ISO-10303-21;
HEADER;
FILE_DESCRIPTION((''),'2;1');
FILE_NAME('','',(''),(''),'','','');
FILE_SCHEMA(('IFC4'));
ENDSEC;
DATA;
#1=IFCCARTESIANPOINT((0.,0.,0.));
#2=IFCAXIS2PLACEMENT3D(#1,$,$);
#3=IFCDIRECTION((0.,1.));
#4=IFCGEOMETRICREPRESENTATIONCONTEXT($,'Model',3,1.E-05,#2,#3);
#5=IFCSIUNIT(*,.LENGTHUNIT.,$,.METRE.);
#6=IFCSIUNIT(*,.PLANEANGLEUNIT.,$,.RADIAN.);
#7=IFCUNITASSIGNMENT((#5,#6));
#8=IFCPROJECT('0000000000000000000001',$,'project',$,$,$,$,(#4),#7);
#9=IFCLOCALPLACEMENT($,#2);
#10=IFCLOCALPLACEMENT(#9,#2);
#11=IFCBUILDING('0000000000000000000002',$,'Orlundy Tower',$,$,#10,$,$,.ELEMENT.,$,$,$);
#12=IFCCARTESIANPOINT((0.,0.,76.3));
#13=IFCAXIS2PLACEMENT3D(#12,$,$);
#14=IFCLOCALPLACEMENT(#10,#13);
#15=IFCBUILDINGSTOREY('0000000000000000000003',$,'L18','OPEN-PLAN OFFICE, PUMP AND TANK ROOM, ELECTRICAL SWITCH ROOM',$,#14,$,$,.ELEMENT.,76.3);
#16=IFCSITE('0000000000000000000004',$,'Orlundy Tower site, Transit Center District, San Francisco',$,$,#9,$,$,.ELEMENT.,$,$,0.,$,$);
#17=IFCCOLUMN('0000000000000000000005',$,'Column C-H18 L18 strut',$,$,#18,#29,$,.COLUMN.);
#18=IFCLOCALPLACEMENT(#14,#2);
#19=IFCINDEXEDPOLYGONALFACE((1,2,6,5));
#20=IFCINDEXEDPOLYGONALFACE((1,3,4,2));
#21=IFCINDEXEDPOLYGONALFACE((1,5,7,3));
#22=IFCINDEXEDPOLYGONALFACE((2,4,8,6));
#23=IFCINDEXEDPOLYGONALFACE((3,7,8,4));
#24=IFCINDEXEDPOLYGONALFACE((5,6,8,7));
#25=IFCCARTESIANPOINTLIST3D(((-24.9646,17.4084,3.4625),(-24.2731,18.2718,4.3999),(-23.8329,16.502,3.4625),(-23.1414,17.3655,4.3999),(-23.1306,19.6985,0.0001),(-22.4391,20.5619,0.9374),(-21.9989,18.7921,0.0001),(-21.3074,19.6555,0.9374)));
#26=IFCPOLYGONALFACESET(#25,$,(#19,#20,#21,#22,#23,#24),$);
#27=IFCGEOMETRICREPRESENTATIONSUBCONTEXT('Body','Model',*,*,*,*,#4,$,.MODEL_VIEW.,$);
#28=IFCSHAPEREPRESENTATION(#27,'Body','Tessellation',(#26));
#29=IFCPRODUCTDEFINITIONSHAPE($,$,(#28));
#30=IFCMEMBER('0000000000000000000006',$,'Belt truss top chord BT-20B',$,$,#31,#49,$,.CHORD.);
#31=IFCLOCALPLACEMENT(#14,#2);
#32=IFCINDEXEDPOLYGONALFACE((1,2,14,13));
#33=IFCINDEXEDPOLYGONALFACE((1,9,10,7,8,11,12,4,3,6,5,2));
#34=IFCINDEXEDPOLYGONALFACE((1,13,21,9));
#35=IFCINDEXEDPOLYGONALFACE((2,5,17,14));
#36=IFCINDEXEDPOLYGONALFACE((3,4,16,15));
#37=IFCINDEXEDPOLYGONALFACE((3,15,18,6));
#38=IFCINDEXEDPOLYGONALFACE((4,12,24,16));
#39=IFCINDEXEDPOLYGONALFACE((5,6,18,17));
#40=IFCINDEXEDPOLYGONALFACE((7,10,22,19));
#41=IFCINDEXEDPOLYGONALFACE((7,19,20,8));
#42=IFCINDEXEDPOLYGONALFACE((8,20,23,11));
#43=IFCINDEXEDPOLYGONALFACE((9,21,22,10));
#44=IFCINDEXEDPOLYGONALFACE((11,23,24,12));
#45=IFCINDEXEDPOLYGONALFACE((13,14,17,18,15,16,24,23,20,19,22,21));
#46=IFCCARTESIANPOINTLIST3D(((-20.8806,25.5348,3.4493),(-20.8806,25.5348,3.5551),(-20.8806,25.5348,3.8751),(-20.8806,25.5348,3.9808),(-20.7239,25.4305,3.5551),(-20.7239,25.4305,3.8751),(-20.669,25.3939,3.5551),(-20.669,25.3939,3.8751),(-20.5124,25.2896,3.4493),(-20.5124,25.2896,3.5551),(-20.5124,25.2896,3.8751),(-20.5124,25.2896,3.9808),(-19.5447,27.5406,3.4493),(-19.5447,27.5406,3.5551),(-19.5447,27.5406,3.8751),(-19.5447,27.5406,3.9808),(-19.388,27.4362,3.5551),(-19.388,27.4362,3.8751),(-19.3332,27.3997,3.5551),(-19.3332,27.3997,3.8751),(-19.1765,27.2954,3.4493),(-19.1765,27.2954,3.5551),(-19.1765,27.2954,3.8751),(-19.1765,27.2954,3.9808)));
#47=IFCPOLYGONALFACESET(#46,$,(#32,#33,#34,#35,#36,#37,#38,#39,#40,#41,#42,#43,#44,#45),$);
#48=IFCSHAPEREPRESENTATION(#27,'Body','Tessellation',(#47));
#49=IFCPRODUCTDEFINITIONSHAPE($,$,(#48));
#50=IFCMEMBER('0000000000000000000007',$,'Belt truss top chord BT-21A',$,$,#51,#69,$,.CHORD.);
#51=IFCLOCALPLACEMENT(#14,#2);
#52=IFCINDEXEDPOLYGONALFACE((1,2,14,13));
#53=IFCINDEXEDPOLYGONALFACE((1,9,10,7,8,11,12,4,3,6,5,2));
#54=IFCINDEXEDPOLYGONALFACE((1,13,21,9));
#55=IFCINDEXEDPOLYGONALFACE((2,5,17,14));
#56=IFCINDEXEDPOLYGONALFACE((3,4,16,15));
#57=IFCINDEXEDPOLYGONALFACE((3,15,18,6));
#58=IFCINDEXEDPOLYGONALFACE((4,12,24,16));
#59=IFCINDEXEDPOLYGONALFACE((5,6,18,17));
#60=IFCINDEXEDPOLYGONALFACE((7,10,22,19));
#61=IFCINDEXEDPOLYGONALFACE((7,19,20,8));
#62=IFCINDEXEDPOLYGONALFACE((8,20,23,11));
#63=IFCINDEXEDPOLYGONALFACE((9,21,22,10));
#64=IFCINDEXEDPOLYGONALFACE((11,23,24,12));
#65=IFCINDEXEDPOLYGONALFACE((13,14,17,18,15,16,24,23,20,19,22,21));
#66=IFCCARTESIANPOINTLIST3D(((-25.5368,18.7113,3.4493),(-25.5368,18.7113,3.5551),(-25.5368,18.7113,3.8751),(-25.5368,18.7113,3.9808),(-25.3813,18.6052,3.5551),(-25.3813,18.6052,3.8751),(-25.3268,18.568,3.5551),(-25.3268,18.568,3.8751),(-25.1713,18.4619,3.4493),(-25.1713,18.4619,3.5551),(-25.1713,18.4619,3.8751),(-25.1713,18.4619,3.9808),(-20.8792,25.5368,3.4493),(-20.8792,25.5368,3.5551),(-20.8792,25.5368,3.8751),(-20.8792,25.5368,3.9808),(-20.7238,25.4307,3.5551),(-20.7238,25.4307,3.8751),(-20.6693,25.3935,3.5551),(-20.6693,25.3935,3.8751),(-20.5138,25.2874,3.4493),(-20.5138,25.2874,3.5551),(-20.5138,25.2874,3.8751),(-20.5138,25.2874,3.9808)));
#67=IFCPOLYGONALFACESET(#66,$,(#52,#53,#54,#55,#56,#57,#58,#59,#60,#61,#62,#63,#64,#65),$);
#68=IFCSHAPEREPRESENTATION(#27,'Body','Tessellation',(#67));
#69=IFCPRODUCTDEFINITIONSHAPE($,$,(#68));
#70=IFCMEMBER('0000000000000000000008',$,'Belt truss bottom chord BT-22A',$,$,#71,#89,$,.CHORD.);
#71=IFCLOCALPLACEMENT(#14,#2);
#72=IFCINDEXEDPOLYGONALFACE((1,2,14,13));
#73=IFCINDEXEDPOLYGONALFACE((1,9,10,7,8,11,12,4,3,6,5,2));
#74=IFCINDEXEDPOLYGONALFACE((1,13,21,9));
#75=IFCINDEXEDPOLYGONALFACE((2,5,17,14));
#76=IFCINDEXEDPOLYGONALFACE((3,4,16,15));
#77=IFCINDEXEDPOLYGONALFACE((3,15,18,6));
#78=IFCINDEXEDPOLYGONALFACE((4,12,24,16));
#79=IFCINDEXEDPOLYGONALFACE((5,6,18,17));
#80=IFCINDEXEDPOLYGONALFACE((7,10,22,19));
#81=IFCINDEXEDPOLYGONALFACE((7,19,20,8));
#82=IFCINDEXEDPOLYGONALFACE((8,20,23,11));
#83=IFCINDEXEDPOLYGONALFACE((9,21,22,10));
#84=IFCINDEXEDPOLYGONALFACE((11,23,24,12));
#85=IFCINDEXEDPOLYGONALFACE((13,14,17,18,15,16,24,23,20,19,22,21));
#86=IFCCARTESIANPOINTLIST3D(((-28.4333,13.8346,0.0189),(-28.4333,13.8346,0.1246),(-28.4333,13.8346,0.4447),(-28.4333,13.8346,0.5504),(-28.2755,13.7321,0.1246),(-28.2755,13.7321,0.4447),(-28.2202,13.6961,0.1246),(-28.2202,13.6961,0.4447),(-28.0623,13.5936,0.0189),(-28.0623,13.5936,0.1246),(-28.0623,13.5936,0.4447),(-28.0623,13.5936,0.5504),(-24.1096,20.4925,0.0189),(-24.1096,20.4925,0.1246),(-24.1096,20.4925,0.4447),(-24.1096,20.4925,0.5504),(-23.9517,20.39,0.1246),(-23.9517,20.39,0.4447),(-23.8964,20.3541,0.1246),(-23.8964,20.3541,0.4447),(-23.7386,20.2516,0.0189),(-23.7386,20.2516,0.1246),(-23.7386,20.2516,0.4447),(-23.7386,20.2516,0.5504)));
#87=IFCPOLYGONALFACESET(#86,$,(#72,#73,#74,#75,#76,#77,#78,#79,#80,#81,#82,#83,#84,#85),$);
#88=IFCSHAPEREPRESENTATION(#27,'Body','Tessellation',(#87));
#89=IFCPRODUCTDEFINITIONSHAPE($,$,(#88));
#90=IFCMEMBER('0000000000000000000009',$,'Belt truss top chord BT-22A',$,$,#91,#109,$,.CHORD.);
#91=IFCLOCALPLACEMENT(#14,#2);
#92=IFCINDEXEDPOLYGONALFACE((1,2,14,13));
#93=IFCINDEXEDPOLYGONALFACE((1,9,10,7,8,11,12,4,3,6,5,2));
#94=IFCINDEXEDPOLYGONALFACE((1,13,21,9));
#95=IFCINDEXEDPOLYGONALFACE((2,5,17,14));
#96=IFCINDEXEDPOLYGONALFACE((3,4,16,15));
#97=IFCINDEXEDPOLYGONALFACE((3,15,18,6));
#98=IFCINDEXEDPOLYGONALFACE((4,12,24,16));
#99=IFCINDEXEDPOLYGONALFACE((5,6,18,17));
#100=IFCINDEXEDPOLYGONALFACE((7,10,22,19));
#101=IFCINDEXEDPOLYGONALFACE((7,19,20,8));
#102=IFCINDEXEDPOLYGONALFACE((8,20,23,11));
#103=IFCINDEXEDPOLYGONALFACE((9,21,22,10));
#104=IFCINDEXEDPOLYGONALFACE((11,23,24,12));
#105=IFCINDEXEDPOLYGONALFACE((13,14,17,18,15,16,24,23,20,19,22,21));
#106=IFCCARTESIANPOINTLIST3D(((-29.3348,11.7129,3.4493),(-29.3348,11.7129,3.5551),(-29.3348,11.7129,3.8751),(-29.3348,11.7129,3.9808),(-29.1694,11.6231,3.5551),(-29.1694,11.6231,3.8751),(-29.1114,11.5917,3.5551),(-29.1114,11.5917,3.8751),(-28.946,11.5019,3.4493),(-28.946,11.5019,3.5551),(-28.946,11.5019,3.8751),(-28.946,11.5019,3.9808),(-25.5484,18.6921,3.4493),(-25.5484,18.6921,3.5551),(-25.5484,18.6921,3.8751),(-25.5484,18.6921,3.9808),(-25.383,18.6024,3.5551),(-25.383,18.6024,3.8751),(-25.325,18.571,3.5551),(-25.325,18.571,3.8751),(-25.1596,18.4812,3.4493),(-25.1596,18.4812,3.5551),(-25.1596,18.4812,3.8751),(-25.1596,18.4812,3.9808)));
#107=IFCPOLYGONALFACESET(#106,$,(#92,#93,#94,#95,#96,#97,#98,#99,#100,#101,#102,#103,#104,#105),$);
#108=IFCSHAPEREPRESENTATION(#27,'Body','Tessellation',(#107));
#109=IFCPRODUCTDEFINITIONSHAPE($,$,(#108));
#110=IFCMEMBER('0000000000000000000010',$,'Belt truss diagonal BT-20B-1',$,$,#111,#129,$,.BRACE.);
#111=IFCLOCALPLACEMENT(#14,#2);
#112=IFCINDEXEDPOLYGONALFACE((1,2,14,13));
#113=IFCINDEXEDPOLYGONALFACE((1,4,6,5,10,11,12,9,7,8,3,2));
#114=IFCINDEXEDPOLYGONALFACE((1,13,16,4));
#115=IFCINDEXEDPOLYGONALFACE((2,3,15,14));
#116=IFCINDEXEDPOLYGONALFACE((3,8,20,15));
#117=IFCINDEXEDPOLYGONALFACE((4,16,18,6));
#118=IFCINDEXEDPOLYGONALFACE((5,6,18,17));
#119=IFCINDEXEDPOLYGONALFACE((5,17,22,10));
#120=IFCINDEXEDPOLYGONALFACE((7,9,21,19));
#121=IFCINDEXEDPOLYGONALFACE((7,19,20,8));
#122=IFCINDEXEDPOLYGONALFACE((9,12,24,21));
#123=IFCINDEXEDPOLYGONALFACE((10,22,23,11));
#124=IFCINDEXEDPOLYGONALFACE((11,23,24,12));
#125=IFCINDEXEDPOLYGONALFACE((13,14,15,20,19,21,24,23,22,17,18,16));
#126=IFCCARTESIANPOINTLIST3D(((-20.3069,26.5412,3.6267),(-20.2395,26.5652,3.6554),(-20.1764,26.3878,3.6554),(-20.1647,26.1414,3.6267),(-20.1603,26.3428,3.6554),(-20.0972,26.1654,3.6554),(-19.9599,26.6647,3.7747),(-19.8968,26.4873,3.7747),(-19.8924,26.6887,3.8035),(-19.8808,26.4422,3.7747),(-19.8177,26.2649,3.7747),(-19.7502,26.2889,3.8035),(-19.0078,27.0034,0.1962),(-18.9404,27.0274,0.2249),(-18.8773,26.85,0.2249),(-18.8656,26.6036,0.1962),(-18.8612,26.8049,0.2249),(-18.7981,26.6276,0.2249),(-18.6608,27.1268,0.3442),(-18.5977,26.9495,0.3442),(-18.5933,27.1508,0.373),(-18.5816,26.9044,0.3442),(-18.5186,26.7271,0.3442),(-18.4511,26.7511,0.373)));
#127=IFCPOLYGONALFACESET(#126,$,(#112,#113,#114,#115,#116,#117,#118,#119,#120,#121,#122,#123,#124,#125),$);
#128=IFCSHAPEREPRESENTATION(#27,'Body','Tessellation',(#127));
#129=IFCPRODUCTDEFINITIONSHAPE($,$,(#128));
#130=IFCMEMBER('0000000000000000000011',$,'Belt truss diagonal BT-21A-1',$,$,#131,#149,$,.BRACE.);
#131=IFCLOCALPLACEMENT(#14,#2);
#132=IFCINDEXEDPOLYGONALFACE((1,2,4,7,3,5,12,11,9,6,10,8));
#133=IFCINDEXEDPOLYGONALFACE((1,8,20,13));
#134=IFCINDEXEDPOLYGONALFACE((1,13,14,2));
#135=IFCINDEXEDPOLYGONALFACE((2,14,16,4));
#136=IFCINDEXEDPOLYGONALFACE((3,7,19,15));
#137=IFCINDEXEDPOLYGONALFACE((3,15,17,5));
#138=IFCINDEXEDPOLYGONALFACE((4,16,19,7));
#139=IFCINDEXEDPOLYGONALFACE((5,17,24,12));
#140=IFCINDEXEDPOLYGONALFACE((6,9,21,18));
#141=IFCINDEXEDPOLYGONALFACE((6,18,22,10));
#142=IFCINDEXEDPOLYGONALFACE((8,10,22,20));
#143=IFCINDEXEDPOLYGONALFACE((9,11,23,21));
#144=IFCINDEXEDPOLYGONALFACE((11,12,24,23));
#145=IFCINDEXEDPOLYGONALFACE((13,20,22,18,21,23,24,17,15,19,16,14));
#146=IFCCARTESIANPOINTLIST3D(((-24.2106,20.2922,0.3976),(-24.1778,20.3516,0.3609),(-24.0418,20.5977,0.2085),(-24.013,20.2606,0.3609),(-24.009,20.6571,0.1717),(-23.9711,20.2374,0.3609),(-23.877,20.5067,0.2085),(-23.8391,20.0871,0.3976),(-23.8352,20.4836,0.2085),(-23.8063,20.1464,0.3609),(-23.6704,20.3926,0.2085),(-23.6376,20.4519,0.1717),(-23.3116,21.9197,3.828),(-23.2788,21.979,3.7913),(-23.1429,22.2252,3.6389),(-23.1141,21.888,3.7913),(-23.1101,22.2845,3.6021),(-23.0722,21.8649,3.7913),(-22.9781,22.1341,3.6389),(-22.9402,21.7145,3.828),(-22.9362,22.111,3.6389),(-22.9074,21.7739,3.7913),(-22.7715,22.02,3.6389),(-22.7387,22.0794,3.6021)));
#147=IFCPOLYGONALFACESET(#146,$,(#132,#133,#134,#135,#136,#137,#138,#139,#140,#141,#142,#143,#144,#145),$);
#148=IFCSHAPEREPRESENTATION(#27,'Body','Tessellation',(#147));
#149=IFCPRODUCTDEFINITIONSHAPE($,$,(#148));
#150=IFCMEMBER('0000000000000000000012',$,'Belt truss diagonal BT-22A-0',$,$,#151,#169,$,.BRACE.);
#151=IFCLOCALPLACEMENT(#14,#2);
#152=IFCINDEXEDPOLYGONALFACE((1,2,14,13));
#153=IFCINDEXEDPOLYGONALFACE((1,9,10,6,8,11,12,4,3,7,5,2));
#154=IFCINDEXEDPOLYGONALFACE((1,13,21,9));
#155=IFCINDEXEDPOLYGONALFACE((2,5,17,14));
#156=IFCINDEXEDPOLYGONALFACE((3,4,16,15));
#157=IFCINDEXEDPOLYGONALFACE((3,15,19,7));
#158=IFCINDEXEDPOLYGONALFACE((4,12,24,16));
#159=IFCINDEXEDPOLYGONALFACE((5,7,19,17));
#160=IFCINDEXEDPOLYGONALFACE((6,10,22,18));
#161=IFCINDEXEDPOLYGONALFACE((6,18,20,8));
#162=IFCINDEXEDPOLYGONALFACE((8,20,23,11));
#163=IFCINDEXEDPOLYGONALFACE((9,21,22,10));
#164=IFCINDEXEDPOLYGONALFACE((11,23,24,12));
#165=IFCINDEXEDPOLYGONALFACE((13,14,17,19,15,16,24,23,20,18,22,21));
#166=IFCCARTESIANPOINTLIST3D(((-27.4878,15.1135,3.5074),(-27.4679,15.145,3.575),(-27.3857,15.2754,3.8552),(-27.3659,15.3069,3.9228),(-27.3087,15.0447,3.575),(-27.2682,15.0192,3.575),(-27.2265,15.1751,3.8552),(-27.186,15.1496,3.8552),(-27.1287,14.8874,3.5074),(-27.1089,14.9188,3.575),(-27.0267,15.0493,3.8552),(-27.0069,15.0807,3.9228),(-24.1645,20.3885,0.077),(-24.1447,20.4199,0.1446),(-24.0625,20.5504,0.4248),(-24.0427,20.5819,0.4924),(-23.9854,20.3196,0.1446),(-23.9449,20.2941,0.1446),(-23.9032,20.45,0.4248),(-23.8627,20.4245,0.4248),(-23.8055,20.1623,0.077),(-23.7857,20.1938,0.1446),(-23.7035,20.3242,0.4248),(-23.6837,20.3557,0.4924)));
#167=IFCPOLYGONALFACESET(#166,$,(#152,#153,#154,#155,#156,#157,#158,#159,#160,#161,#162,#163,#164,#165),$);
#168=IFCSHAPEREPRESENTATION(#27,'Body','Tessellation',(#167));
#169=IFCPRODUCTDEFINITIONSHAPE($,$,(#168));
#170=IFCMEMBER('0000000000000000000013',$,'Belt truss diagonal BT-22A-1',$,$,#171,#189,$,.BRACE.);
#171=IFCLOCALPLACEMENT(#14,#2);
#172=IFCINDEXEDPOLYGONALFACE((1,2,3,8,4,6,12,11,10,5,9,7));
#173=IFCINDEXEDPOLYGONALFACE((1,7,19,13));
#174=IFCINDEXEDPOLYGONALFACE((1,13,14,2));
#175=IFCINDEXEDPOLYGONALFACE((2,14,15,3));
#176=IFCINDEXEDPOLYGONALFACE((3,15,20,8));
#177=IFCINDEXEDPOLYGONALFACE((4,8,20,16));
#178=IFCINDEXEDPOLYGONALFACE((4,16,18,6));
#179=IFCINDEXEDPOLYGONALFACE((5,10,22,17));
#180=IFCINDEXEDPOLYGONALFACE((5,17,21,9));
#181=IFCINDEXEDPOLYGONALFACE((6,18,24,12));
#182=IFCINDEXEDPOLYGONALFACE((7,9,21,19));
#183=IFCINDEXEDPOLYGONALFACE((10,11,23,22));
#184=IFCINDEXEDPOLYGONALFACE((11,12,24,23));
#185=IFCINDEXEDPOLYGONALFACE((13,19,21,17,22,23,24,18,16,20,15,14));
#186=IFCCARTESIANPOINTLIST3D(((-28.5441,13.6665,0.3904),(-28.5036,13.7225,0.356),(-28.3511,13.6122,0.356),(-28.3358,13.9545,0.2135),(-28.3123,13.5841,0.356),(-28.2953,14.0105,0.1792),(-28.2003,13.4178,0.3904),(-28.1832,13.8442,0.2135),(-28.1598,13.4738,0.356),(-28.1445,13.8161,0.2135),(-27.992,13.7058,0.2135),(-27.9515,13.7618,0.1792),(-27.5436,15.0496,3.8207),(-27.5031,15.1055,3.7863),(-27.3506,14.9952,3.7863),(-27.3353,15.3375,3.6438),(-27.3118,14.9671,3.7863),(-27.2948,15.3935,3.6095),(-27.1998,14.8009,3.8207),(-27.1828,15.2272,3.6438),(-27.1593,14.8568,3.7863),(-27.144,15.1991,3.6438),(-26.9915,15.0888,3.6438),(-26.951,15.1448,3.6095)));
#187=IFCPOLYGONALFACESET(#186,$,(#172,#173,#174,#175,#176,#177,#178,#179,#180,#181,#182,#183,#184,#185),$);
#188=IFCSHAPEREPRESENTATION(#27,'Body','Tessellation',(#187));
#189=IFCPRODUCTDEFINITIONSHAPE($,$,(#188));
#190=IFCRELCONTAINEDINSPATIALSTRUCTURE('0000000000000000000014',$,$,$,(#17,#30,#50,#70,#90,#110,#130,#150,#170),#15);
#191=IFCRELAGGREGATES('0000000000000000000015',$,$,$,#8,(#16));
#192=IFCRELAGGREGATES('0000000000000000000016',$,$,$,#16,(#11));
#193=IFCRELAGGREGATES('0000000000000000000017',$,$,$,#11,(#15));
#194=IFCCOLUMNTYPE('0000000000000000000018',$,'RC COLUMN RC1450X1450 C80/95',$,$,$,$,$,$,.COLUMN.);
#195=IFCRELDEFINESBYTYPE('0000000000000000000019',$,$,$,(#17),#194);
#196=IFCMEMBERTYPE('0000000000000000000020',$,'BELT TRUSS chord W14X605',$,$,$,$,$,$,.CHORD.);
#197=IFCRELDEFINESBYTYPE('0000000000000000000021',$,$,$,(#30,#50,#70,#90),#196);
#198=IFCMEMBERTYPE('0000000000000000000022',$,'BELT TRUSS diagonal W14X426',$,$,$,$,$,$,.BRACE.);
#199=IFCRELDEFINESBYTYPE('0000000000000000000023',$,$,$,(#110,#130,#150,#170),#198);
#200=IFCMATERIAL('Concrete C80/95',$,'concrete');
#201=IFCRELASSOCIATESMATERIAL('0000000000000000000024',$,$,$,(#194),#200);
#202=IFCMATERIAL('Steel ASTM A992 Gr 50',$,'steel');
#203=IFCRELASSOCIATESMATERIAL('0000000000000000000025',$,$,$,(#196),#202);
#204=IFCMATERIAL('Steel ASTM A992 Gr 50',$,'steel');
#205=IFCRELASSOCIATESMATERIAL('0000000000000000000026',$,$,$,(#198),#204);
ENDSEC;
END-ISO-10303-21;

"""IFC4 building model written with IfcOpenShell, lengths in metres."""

from ifc_helpers import new_model, si_unit, direction, frame, origin, origin_2d, place, context, subcontext, project, spatial, rectangle, i_section, extrude, material, material_profile, profile_set, type_object, element, save


model = new_model("IFC4")

# Units and contexts
model_context = context("Model", 3, precision=1e-05, world=origin(), true_north=direction((0.0, 1.0)))
body_context = subcontext(model_context, "Body", "Model", "MODEL_VIEW")
ifc_project = project(units=[si_unit("LENGTHUNIT", "METRE"), si_unit("PLANEANGLEUNIT", "RADIAN")], contexts=[model_context])

# Site, building, storey
site_placement = place(None, origin())
site = spatial("IfcSite", under=ifc_project, at=site_placement, Name="Orlundy Tower site, Transit Center District, San Francisco", CompositionType="ELEMENT", RefElevation=0.0)
building_placement = place(site_placement, origin())
building = spatial("IfcBuilding", under=site, at=building_placement, Name="Orlundy Tower", CompositionType="ELEMENT")
storey_placement = place(building_placement, frame((0.0, 0.0, 76.3)))
storey = spatial("IfcBuildingStorey", under=building, at=storey_placement, Name="L18", Description="OPEN-PLAN OFFICE, PUMP AND TANK ROOM, ELECTRICAL SWITCH ROOM", CompositionType="ELEMENT", Elevation=76.3)

# Column
ifc_material_1 = material(Name="Concrete C80/95", Category="concrete")
ifc_material_profile_1 = material_profile(ifc_material_1, rectangle(XDim=1.45, YDim=1.45, at=origin_2d()), Name="RC1450X1450")
ifc_profile_set_1 = profile_set([ifc_material_profile_1], Name="Concrete C80/95")
column_type = type_object("IfcColumnType", Name="RC COLUMN RC1450X1450 C80/95", PredefinedType="COLUMN", material=ifc_profile_set_1)
column_placement = place(storey_placement, frame((-22.219, 19.677, 0.4688), z_axis=(-0.404114, -0.504605, 0.762932), x_axis=(0.780544, -0.625101, 0.0)))
element("IfcColumn", 1, at=column_placement, inside=storey, type_object=column_type, Name="Column C-H18 L18 strut", PredefinedType="COLUMN", context=body_context, shape_type="SweptSolid", body=[
    extrude(rectangle(XDim=1.45, YDim=1.45, at=origin_2d()), origin(), (0.0, 0.0, 1.0), 4.5383),
])

# Members
ifc_material_2 = material(Name="Steel ASTM A992 Gr 50", Category="steel")
ifc_material_profile_2 = material_profile(ifc_material_2, i_section(OverallWidth=0.4424, OverallDepth=0.5315, WebThickness=0.0659, FlangeThickness=0.1057, at=origin_2d()), Name="W14X605")
ifc_profile_set_2 = profile_set([ifc_material_profile_2], Name="Steel ASTM A992 Gr 50")
member_type_1 = type_object("IfcMemberType", Name="BELT TRUSS chord W14X605", PredefinedType="CHORD", material=ifc_profile_set_2)
member_1_placement = place(storey_placement, frame((-19.3606, 27.418, 3.7151), z_axis=(-0.554326, -0.8323, 0.0), x_axis=(0.8323, -0.554326, 0.0)))
element("IfcMember", 2, at=member_1_placement, inside=storey, type_object=member_type_1, Name="Belt truss top chord BT-20B", PredefinedType="CHORD", context=body_context, shape_type="SweptSolid", body=[
    extrude(i_section(OverallWidth=0.4424, OverallDepth=0.5315, WebThickness=0.0659, FlangeThickness=0.1057, at=origin_2d()), origin(), (0.0, 0.0, 1.0), 2.4099),
])
member_2_placement = place(storey_placement, frame((-20.6965, 25.4121, 3.7151), z_axis=(-0.563648, -0.826015, 0.0), x_axis=(0.826015, -0.563648, 0.0)))
element("IfcMember", 3, at=member_2_placement, inside=storey, type_object=member_type_1, Name="Belt truss top chord BT-21A", PredefinedType="CHORD", context=body_context, shape_type="SweptSolid", body=[
    extrude(i_section(OverallWidth=0.4424, OverallDepth=0.5315, WebThickness=0.0659, FlangeThickness=0.1057, at=origin_2d()), origin(), (0.0, 0.0, 1.0), 8.2632),
])
member_3_placement = place(storey_placement, frame((-23.9241, 20.3721, 0.2847), z_axis=(-0.544639, -0.83867, 0.0), x_axis=(0.83867, -0.544639, 0.0)))
element("IfcMember", 4, at=member_3_placement, inside=storey, type_object=member_type_1, Name="Belt truss bottom chord BT-22A", PredefinedType="CHORD", context=body_context, shape_type="SweptSolid", body=[
    extrude(i_section(OverallWidth=0.4424, OverallDepth=0.5315, WebThickness=0.0659, FlangeThickness=0.1057, at=origin_2d()), origin(), (0.0, 0.0, 1.0), 7.9387),
])
member_4_placement = place(storey_placement, frame((-25.354, 18.5867, 3.7151), z_axis=(-0.476863, -0.878978, 0.0), x_axis=(0.878978, -0.476863, 0.0)))
element("IfcMember", 5, at=member_4_placement, inside=storey, type_object=member_type_1, Name="Belt truss top chord BT-22A", PredefinedType="CHORD", context=body_context, shape_type="SweptSolid", body=[
    extrude(i_section(OverallWidth=0.4424, OverallDepth=0.5315, WebThickness=0.0659, FlangeThickness=0.1057, at=origin_2d()), origin(), (0.0, 0.0, 1.0), 7.9402),
])
ifc_material_3 = material(Name="Steel ASTM A992 Gr 50", Category="steel")
ifc_material_profile_3 = material_profile(ifc_material_3, i_section(OverallWidth=0.4243, OverallDepth=0.4741, WebThickness=0.0479, FlangeThickness=0.0771, at=origin_2d()), Name="W14X426")
ifc_profile_set_3 = profile_set([ifc_material_profile_3], Name="Steel ASTM A992 Gr 50")
member_type_2 = type_object("IfcMemberType", Name="BELT TRUSS diagonal W14X426", PredefinedType="BRACE", material=ifc_profile_set_3)
member_5_placement = place(storey_placement, frame((-20.0286, 26.415, 3.7151), z_axis=(0.351371, 0.125004, -0.927854), x_axis=(-0.335181, 0.942154, 0.0)))
element("IfcMember", 6, at=member_5_placement, inside=storey, type_object=member_type_2, Name="Belt truss diagonal BT-20B-1", PredefinedType="BRACE", context=body_context, shape_type="SweptSolid", body=[
    extrude(i_section(OverallWidth=0.4243, OverallDepth=0.4741, WebThickness=0.0479, FlangeThickness=0.0771, at=origin_2d()), origin(), (0.0, 0.0, 1.0), 3.6973),
])
member_6_placement = place(storey_placement, frame((-23.0251, 21.9995, 3.7151), z_axis=(-0.230385, -0.417095, -0.879178), x_axis=(0.875344, -0.483501, 0.0)))
element("IfcMember", 7, at=member_6_placement, inside=storey, type_object=member_type_2, Name="Belt truss diagonal BT-21A-1", PredefinedType="BRACE", context=body_context, shape_type="SweptSolid", body=[
    extrude(i_section(OverallWidth=0.4243, OverallDepth=0.4741, WebThickness=0.0479, FlangeThickness=0.0771, at=origin_2d()), origin(), (0.0, 0.0, 1.0), 3.9019),
])
member_7_placement = place(storey_placement, frame((-23.9241, 20.3721, 0.2847), z_axis=(-0.467015, -0.741282, 0.482077), x_axis=(0.846088, -0.533044, 0.0)))
element("IfcMember", 8, at=member_7_placement, inside=storey, type_object=member_type_2, Name="Belt truss diagonal BT-22A-0", PredefinedType="BRACE", context=body_context, shape_type="SweptSolid", body=[
    extrude(i_section(OverallWidth=0.4243, OverallDepth=0.4741, WebThickness=0.0479, FlangeThickness=0.0771, at=origin_2d()), origin(), (0.0, 0.0, 1.0), 7.116),
])
member_8_placement = place(storey_placement, frame((-27.2473, 15.0972, 3.7151), z_axis=(-0.261111, -0.360955, -0.895283), x_axis=(0.81023, -0.586112, 0.0)))
element("IfcMember", 9, at=member_8_placement, inside=storey, type_object=member_type_2, Name="Belt truss diagonal BT-22A-1", PredefinedType="BRACE", context=body_context, shape_type="SweptSolid", body=[
    extrude(i_section(OverallWidth=0.4243, OverallDepth=0.4741, WebThickness=0.0479, FlangeThickness=0.0771, at=origin_2d()), origin(), (0.0, 0.0, 1.0), 3.8315),
])

save(model, "model.ifc")
